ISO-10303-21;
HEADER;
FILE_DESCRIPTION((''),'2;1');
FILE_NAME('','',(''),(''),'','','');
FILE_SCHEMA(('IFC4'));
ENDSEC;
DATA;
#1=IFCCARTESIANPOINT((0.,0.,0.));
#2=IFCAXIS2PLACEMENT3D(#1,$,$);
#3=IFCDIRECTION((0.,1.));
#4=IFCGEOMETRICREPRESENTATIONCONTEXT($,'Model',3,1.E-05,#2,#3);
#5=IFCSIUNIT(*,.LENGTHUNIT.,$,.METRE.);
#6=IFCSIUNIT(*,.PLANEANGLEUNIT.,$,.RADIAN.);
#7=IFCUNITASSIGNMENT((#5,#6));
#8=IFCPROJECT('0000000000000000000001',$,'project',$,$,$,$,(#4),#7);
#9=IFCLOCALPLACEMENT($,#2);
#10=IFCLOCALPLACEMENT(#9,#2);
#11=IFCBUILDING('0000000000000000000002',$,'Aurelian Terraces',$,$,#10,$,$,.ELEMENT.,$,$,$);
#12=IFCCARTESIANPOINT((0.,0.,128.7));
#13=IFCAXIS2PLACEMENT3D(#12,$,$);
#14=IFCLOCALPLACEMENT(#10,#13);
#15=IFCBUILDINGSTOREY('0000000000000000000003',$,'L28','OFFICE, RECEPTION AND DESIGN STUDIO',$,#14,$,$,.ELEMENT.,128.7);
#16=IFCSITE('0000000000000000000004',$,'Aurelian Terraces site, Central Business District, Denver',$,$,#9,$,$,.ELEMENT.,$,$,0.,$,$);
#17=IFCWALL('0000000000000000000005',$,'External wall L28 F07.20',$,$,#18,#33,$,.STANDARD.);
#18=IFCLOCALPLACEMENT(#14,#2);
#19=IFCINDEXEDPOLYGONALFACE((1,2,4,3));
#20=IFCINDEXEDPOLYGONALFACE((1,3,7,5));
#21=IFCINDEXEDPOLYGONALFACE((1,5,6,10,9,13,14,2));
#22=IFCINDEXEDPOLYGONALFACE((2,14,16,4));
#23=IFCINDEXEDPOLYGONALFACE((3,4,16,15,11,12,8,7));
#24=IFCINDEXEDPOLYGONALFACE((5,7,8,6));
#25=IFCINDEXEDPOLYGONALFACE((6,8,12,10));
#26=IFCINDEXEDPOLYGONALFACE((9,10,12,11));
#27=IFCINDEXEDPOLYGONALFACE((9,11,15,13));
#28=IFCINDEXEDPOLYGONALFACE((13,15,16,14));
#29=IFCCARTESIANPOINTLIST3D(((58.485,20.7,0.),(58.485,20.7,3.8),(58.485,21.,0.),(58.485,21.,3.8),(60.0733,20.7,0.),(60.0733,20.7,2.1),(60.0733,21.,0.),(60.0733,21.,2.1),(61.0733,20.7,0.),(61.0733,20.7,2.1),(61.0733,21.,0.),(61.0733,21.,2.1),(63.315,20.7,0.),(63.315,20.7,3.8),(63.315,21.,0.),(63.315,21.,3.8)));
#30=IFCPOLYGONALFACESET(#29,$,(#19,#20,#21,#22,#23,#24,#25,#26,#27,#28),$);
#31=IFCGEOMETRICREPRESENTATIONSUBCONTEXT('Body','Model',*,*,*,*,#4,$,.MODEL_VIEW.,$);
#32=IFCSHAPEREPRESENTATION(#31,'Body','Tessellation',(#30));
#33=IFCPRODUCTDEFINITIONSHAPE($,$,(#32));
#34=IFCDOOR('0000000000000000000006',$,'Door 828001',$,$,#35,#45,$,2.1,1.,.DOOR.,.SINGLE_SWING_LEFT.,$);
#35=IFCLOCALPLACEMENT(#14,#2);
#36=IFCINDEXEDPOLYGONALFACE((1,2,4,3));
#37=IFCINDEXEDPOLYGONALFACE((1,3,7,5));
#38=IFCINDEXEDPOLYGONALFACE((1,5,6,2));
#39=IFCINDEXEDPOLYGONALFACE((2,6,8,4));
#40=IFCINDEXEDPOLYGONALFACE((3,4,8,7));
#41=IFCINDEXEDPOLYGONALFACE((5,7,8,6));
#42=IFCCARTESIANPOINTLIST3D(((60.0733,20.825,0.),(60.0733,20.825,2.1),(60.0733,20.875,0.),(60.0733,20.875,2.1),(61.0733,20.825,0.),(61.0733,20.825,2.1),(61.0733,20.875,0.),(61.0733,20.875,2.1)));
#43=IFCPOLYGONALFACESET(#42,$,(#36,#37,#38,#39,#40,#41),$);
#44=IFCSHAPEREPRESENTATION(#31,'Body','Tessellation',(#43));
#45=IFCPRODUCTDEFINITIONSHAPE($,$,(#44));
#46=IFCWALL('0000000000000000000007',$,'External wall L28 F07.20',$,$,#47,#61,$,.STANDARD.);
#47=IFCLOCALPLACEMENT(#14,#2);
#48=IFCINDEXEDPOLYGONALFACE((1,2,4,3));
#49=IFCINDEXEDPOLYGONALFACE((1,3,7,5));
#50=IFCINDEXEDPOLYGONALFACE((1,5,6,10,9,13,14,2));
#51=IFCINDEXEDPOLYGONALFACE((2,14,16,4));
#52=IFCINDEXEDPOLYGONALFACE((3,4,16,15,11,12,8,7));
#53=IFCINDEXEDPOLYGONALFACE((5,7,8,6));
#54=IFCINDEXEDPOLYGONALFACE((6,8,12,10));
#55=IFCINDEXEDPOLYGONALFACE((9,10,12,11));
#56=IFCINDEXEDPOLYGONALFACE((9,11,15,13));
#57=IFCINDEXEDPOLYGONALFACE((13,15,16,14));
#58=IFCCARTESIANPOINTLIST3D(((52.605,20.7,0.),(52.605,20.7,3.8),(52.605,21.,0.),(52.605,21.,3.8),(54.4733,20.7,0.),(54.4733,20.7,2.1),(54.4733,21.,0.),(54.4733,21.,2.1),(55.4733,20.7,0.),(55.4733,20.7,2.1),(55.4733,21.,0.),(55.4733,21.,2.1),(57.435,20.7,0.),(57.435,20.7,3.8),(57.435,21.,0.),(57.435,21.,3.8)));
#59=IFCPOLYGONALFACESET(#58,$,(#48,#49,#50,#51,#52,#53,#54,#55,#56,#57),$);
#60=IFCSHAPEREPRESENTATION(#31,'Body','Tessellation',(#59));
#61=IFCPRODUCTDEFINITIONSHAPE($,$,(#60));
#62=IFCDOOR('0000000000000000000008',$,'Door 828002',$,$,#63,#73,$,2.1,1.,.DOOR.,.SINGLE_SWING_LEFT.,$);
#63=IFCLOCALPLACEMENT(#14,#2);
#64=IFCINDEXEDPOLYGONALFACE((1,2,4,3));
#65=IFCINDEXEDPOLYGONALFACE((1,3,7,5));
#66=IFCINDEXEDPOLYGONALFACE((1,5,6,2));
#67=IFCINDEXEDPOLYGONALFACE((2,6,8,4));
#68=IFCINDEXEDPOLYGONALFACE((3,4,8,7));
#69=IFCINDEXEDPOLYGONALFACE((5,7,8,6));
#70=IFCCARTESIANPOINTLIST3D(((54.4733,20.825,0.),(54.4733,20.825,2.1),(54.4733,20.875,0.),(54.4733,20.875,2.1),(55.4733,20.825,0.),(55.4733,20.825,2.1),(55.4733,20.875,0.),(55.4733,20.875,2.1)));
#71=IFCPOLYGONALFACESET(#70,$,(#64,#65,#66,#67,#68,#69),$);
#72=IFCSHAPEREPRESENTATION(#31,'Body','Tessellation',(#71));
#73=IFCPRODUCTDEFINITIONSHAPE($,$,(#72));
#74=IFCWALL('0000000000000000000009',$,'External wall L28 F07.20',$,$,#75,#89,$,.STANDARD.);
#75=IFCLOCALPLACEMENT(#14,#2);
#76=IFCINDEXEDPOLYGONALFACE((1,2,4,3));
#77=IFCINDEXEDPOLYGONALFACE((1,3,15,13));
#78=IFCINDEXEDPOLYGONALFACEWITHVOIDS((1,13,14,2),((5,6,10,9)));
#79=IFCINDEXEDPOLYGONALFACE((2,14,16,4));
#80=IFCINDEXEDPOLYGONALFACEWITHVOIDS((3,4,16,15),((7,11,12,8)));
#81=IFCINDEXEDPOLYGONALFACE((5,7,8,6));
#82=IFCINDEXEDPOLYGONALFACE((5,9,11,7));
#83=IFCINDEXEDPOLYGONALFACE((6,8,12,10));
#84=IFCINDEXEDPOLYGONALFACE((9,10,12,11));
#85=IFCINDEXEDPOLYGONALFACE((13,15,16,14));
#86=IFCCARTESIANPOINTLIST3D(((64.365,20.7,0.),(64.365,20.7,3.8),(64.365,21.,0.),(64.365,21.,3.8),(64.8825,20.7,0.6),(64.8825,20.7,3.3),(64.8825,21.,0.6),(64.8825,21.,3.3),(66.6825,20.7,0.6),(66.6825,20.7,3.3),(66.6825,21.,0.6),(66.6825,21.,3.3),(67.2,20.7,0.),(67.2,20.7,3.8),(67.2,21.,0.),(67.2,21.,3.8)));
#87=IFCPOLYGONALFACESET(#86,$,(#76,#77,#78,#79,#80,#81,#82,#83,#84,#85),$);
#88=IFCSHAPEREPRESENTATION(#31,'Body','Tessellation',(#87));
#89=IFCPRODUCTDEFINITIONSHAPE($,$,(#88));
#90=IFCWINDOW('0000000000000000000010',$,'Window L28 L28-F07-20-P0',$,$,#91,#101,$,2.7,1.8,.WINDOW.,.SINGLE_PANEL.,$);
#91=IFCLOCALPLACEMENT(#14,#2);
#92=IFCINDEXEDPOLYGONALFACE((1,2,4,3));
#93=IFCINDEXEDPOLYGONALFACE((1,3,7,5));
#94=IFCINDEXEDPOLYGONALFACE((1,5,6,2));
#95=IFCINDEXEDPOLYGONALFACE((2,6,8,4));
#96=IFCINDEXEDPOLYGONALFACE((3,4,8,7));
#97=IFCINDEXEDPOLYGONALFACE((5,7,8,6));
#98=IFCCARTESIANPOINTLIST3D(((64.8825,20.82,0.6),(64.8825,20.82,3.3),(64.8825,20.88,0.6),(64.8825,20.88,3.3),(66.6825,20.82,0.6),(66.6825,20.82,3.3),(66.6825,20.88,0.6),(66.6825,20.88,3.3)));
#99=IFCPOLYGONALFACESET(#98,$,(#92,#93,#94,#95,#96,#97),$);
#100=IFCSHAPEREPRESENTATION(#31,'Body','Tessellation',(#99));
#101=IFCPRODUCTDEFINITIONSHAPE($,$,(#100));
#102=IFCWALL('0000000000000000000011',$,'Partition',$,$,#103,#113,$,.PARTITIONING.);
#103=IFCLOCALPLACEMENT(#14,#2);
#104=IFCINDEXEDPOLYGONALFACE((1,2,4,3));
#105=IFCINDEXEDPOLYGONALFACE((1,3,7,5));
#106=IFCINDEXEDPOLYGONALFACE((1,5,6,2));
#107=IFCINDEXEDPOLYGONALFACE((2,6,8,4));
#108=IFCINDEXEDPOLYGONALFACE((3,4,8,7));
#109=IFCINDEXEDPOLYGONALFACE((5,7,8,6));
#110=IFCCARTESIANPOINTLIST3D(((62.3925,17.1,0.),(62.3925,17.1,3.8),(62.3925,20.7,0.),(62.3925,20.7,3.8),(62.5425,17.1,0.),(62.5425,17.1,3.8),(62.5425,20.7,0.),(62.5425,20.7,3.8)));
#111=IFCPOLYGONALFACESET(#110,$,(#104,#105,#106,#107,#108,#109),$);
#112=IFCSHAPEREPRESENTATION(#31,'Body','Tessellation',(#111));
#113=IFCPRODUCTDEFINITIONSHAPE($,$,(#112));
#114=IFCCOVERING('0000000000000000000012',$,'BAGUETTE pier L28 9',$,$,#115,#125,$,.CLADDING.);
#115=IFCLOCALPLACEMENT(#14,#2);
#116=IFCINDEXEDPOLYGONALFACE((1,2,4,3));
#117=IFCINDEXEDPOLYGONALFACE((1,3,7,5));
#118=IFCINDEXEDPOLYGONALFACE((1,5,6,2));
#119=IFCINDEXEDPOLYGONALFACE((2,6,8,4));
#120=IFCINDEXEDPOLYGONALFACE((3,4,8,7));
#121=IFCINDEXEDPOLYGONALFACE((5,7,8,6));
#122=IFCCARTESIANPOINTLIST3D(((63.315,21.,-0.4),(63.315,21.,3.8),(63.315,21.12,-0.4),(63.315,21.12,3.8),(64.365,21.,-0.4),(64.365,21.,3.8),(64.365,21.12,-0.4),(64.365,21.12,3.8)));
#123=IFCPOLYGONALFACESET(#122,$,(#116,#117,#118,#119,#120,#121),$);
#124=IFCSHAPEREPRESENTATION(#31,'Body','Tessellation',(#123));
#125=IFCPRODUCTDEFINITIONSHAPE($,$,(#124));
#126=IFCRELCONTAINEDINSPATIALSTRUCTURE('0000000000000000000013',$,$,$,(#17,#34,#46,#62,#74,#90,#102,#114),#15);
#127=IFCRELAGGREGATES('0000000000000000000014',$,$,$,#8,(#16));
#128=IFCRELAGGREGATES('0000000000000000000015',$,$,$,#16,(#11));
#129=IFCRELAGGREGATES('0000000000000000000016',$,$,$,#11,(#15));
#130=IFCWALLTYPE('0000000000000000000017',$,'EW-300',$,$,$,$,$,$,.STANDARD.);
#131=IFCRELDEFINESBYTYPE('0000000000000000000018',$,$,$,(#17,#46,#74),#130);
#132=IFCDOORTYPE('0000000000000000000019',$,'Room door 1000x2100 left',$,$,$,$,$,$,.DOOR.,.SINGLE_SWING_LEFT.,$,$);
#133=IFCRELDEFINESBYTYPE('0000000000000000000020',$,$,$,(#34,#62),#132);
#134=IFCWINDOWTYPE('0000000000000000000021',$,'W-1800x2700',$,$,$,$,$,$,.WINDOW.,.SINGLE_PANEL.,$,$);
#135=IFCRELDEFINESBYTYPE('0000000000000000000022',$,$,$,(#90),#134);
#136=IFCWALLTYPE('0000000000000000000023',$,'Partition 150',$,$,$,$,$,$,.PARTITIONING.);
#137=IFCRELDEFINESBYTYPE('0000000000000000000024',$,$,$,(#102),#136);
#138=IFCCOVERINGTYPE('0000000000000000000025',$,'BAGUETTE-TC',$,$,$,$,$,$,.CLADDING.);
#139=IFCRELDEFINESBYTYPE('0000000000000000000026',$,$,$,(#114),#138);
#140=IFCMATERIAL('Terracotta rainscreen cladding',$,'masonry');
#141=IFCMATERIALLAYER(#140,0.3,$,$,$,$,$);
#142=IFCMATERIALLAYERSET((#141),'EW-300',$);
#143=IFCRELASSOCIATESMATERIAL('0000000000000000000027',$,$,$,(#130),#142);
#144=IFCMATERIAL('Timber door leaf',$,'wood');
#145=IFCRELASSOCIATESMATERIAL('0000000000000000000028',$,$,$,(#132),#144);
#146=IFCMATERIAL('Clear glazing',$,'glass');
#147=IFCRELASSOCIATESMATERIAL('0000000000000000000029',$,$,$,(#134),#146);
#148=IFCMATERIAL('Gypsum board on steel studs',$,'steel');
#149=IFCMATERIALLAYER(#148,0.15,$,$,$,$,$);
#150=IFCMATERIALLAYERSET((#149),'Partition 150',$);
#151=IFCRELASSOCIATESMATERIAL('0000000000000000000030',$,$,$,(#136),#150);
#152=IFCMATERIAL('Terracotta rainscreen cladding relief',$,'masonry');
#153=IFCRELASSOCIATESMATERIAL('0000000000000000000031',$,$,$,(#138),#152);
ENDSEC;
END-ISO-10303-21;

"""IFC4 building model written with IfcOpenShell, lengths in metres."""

from ifc_helpers import new_model, si_unit, direction, frame, frame_2d, origin, origin_2d, place, context, subcontext, project, spatial, rectangle, extrude, source, transform, mapped, material, layer, layer_set, type_object, element, fill, save


model = new_model("IFC4")

# Units and contexts
model_context = context("Model", 3, precision=1e-05, world=origin(), true_north=direction((0.0, 1.0)))
body_context = subcontext(model_context, "Body", "Model", "MODEL_VIEW")
ifc_project = project(units=[si_unit("LENGTHUNIT", "METRE"), si_unit("PLANEANGLEUNIT", "RADIAN")], contexts=[model_context])

# Site, building, storey
site_placement = place(None, origin())
site = spatial("IfcSite", under=ifc_project, at=site_placement, Name="Aurelian Terraces site, Central Business District, Denver", CompositionType="ELEMENT", RefElevation=0.0)
building_placement = place(site_placement, origin())
building = spatial("IfcBuilding", under=site, at=building_placement, Name="Aurelian Terraces", CompositionType="ELEMENT")
storey_placement = place(building_placement, frame((0.0, 0.0, 128.7)))
storey = spatial("IfcBuildingStorey", under=building, at=storey_placement, Name="L28", Description="OFFICE, RECEPTION AND DESIGN STUDIO", CompositionType="ELEMENT", Elevation=128.7)

# Shared definitions
ifc_material_1 = material(Name="Clear glazing", Category="glass")

# Walls, openings, doors
ifc_material_2 = material(Name="Terracotta rainscreen cladding", Category="masonry")
ifc_layer_1 = layer(ifc_material_2, 0.3)
ifc_layer_set_1 = layer_set([ifc_layer_1], Name="EW-300")
wall_type_1 = type_object("IfcWallType", Name="EW-300", PredefinedType="STANDARD", material=ifc_layer_set_1)
shared_shape_1 = source(origin(), body_context, "Body", "SweptSolid", [
    extrude(rectangle(XDim=4.83, YDim=0.3, at=frame_2d((2.415, 0.0))), origin(), (0.0, 0.0, 1.0), 3.8),
])
wall_1_placement = place(storey_placement, frame((63.315, 20.85, 0.0), z_axis=(0.0, 0.0, 1.0), x_axis=(-1.0, 0.0, 0.0)))
wall_1 = element("IfcWall", 1, at=wall_1_placement, inside=storey, type_object=wall_type_1, Name="External wall L28 F07.20", PredefinedType="STANDARD", context=body_context, shape_type="MappedRepresentation", body=[
    mapped(shared_shape_1, transform((0.0, 0.0, 0.0), scale=1.0)),
])
shared_shape_2 = source(origin(), body_context, "Body", "SweptSolid", [
    extrude(rectangle(XDim=1.0, YDim=2.1, at=frame_2d((0.5, 1.05))), frame((0.0, 0.16, 0.0), z_axis=(0.0, -1.0, 0.0), x_axis=(1.0, 0.0, 0.0)), (0.0, 0.0, 1.0), 0.32),
])
opening_1_placement = place(wall_1_placement, frame((2.2417, 0.0, 0.0)))
opening_1 = element("IfcOpeningElement", 2, at=opening_1_placement, cuts=wall_1, PredefinedType="OPENING", context=body_context, shape_type="MappedRepresentation", body=[
    mapped(shared_shape_2, transform((0.0, 0.0, 0.0), scale=1.0)),
])
ifc_material_3 = material(Name="Timber door leaf", Category="wood")
door_type = type_object("IfcDoorType", Name="Room door 1000x2100 left", OperationType="SINGLE_SWING_LEFT", PredefinedType="DOOR", material=ifc_material_3)
shared_shape_3 = source(origin(), body_context, "Body", "SweptSolid", [
    extrude(rectangle(XDim=1.0, YDim=2.1, at=frame_2d((0.5, 1.05))), frame((0.0, 0.025, 0.0), z_axis=(0.0, -1.0, 0.0), x_axis=(1.0, 0.0, 0.0)), (0.0, 0.0, 1.0), 0.05),
])
door_1_placement = place(opening_1_placement, origin())
door_1 = element("IfcDoor", 3, at=door_1_placement, inside=storey, type_object=door_type, Name="Door 828001", OperationType="SINGLE_SWING_LEFT", OverallHeight=2.1, OverallWidth=1.0, PredefinedType="DOOR", context=body_context, shape_type="MappedRepresentation", body=[
    mapped(shared_shape_3, transform((0.0, 0.0, 0.0), scale=1.0)),
])
fill(opening_1, door_1)
wall_2_placement = place(storey_placement, frame((57.435, 20.85, 0.0), z_axis=(0.0, 0.0, 1.0), x_axis=(-1.0, 0.0, 0.0)))
wall_2 = element("IfcWall", 4, at=wall_2_placement, inside=storey, type_object=wall_type_1, Name="External wall L28 F07.20", PredefinedType="STANDARD", context=body_context, shape_type="MappedRepresentation", body=[
    mapped(shared_shape_1, transform((0.0, 0.0, 0.0), scale=1.0)),
])
opening_2_placement = place(wall_2_placement, frame((1.9617, 0.0, 0.0)))
opening_2 = element("IfcOpeningElement", 5, at=opening_2_placement, cuts=wall_2, PredefinedType="OPENING", context=body_context, shape_type="MappedRepresentation", body=[
    mapped(shared_shape_2, transform((0.0, 0.0, 0.0), scale=1.0)),
])
door_2_placement = place(opening_2_placement, origin())
door_2 = element("IfcDoor", 6, at=door_2_placement, inside=storey, type_object=door_type, Name="Door 828002", OperationType="SINGLE_SWING_LEFT", OverallHeight=2.1, OverallWidth=1.0, PredefinedType="DOOR", context=body_context, shape_type="MappedRepresentation", body=[
    mapped(shared_shape_3, transform((0.0, 0.0, 0.0), scale=1.0)),
])
fill(opening_2, door_2)

# Wall, opening, window
shared_shape_4 = source(origin(), body_context, "Body", "SweptSolid", [
    extrude(rectangle(XDim=2.835, YDim=0.3, at=frame_2d((1.4175, 0.0))), origin(), (0.0, 0.0, 1.0), 3.8),
])
wall_3_placement = place(storey_placement, frame((67.2, 20.85, 0.0), z_axis=(0.0, 0.0, 1.0), x_axis=(-1.0, 0.0, 0.0)))
wall_3 = element("IfcWall", 7, at=wall_3_placement, inside=storey, type_object=wall_type_1, Name="External wall L28 F07.20", PredefinedType="STANDARD", context=body_context, shape_type="MappedRepresentation", body=[
    mapped(shared_shape_4, transform((0.0, 0.0, 0.0), scale=1.0)),
])
shared_shape_5 = source(origin(), body_context, "Body", "SweptSolid", [
    extrude(rectangle(XDim=1.8, YDim=2.7, at=frame_2d((0.9, 1.35))), frame((0.0, 0.16, 0.0), z_axis=(0.0, -1.0, 0.0), x_axis=(1.0, 0.0, 0.0)), (0.0, 0.0, 1.0), 0.32),
])
opening_3_placement = place(wall_3_placement, frame((0.5175, 0.0, 0.6)))
opening_3 = element("IfcOpeningElement", 8, at=opening_3_placement, cuts=wall_3, PredefinedType="OPENING", context=body_context, shape_type="MappedRepresentation", body=[
    mapped(shared_shape_5, transform((0.0, 0.0, 0.0), scale=1.0)),
])
window_type_1 = type_object("IfcWindowType", Name="W-1800x2700", PartitioningType="SINGLE_PANEL", PredefinedType="WINDOW", material=ifc_material_1)
shared_shape_6 = source(origin(), body_context, "Body", "SweptSolid", [
    extrude(rectangle(XDim=1.8, YDim=2.7, at=frame_2d((0.9, 1.35))), frame((0.0, 0.03, 0.0), z_axis=(0.0, -1.0, 0.0), x_axis=(1.0, 0.0, 0.0)), (0.0, 0.0, 1.0), 0.06),
])
window_1_placement = place(opening_3_placement, origin())
window_1 = element("IfcWindow", 9, at=window_1_placement, inside=storey, type_object=window_type_1, Name="Window L28 L28-F07-20-P0", OverallHeight=2.7, OverallWidth=1.8, PartitioningType="SINGLE_PANEL", PredefinedType="WINDOW", context=body_context, shape_type="MappedRepresentation", body=[
    mapped(shared_shape_6, transform((0.0, 0.0, 0.0), scale=1.0)),
])
fill(opening_3, window_1)

# Wall
ifc_material_4 = material(Name="Gypsum board on steel studs", Category="steel")
ifc_layer_2 = layer(ifc_material_4, 0.15)
ifc_layer_set_2 = layer_set([ifc_layer_2], Name="Partition 150")
wall_type_2 = type_object("IfcWallType", Name="Partition 150", PredefinedType="PARTITIONING", material=ifc_layer_set_2)
shared_shape_7 = source(origin(), body_context, "Body", "SweptSolid", [
    extrude(rectangle(XDim=3.6, YDim=0.15, at=frame_2d((1.8, 0.0))), origin(), (0.0, 0.0, 1.0), 3.8),
])
wall_4_placement = place(storey_placement, frame((62.4675, 20.7, 0.0), z_axis=(0.0, 0.0, 1.0), x_axis=(0.0, -1.0, 0.0)))
element("IfcWall", 10, at=wall_4_placement, inside=storey, type_object=wall_type_2, Name="Partition", PredefinedType="PARTITIONING", context=body_context, shape_type="MappedRepresentation", body=[
    mapped(shared_shape_7, transform((0.0, 0.0, 0.0), scale=1.0)),
])

# Covering
ifc_material_5 = material(Name="Terracotta rainscreen cladding relief", Category="masonry")
covering_type = type_object("IfcCoveringType", Name="BAGUETTE-TC", PredefinedType="CLADDING", material=ifc_material_5)
shared_shape_8 = source(origin(), body_context, "Body", "SweptSolid", [
    extrude(rectangle(XDim=1.05, YDim=0.12, at=origin_2d()), origin(), (0.0, 0.0, 1.0), 4.2),
])
covering_placement = place(storey_placement, frame((63.84, 21.06, -0.4), z_axis=(0.0, 0.0, 1.0), x_axis=(1.0, 0.0, 0.0)))
element("IfcCovering", 11, at=covering_placement, inside=storey, type_object=covering_type, Name="BAGUETTE pier L28 9", PredefinedType="CLADDING", context=body_context, shape_type="MappedRepresentation", body=[
    mapped(shared_shape_8, transform((0.0, 0.0, 0.0), scale=1.0)),
])

save(model, "model.ifc")
